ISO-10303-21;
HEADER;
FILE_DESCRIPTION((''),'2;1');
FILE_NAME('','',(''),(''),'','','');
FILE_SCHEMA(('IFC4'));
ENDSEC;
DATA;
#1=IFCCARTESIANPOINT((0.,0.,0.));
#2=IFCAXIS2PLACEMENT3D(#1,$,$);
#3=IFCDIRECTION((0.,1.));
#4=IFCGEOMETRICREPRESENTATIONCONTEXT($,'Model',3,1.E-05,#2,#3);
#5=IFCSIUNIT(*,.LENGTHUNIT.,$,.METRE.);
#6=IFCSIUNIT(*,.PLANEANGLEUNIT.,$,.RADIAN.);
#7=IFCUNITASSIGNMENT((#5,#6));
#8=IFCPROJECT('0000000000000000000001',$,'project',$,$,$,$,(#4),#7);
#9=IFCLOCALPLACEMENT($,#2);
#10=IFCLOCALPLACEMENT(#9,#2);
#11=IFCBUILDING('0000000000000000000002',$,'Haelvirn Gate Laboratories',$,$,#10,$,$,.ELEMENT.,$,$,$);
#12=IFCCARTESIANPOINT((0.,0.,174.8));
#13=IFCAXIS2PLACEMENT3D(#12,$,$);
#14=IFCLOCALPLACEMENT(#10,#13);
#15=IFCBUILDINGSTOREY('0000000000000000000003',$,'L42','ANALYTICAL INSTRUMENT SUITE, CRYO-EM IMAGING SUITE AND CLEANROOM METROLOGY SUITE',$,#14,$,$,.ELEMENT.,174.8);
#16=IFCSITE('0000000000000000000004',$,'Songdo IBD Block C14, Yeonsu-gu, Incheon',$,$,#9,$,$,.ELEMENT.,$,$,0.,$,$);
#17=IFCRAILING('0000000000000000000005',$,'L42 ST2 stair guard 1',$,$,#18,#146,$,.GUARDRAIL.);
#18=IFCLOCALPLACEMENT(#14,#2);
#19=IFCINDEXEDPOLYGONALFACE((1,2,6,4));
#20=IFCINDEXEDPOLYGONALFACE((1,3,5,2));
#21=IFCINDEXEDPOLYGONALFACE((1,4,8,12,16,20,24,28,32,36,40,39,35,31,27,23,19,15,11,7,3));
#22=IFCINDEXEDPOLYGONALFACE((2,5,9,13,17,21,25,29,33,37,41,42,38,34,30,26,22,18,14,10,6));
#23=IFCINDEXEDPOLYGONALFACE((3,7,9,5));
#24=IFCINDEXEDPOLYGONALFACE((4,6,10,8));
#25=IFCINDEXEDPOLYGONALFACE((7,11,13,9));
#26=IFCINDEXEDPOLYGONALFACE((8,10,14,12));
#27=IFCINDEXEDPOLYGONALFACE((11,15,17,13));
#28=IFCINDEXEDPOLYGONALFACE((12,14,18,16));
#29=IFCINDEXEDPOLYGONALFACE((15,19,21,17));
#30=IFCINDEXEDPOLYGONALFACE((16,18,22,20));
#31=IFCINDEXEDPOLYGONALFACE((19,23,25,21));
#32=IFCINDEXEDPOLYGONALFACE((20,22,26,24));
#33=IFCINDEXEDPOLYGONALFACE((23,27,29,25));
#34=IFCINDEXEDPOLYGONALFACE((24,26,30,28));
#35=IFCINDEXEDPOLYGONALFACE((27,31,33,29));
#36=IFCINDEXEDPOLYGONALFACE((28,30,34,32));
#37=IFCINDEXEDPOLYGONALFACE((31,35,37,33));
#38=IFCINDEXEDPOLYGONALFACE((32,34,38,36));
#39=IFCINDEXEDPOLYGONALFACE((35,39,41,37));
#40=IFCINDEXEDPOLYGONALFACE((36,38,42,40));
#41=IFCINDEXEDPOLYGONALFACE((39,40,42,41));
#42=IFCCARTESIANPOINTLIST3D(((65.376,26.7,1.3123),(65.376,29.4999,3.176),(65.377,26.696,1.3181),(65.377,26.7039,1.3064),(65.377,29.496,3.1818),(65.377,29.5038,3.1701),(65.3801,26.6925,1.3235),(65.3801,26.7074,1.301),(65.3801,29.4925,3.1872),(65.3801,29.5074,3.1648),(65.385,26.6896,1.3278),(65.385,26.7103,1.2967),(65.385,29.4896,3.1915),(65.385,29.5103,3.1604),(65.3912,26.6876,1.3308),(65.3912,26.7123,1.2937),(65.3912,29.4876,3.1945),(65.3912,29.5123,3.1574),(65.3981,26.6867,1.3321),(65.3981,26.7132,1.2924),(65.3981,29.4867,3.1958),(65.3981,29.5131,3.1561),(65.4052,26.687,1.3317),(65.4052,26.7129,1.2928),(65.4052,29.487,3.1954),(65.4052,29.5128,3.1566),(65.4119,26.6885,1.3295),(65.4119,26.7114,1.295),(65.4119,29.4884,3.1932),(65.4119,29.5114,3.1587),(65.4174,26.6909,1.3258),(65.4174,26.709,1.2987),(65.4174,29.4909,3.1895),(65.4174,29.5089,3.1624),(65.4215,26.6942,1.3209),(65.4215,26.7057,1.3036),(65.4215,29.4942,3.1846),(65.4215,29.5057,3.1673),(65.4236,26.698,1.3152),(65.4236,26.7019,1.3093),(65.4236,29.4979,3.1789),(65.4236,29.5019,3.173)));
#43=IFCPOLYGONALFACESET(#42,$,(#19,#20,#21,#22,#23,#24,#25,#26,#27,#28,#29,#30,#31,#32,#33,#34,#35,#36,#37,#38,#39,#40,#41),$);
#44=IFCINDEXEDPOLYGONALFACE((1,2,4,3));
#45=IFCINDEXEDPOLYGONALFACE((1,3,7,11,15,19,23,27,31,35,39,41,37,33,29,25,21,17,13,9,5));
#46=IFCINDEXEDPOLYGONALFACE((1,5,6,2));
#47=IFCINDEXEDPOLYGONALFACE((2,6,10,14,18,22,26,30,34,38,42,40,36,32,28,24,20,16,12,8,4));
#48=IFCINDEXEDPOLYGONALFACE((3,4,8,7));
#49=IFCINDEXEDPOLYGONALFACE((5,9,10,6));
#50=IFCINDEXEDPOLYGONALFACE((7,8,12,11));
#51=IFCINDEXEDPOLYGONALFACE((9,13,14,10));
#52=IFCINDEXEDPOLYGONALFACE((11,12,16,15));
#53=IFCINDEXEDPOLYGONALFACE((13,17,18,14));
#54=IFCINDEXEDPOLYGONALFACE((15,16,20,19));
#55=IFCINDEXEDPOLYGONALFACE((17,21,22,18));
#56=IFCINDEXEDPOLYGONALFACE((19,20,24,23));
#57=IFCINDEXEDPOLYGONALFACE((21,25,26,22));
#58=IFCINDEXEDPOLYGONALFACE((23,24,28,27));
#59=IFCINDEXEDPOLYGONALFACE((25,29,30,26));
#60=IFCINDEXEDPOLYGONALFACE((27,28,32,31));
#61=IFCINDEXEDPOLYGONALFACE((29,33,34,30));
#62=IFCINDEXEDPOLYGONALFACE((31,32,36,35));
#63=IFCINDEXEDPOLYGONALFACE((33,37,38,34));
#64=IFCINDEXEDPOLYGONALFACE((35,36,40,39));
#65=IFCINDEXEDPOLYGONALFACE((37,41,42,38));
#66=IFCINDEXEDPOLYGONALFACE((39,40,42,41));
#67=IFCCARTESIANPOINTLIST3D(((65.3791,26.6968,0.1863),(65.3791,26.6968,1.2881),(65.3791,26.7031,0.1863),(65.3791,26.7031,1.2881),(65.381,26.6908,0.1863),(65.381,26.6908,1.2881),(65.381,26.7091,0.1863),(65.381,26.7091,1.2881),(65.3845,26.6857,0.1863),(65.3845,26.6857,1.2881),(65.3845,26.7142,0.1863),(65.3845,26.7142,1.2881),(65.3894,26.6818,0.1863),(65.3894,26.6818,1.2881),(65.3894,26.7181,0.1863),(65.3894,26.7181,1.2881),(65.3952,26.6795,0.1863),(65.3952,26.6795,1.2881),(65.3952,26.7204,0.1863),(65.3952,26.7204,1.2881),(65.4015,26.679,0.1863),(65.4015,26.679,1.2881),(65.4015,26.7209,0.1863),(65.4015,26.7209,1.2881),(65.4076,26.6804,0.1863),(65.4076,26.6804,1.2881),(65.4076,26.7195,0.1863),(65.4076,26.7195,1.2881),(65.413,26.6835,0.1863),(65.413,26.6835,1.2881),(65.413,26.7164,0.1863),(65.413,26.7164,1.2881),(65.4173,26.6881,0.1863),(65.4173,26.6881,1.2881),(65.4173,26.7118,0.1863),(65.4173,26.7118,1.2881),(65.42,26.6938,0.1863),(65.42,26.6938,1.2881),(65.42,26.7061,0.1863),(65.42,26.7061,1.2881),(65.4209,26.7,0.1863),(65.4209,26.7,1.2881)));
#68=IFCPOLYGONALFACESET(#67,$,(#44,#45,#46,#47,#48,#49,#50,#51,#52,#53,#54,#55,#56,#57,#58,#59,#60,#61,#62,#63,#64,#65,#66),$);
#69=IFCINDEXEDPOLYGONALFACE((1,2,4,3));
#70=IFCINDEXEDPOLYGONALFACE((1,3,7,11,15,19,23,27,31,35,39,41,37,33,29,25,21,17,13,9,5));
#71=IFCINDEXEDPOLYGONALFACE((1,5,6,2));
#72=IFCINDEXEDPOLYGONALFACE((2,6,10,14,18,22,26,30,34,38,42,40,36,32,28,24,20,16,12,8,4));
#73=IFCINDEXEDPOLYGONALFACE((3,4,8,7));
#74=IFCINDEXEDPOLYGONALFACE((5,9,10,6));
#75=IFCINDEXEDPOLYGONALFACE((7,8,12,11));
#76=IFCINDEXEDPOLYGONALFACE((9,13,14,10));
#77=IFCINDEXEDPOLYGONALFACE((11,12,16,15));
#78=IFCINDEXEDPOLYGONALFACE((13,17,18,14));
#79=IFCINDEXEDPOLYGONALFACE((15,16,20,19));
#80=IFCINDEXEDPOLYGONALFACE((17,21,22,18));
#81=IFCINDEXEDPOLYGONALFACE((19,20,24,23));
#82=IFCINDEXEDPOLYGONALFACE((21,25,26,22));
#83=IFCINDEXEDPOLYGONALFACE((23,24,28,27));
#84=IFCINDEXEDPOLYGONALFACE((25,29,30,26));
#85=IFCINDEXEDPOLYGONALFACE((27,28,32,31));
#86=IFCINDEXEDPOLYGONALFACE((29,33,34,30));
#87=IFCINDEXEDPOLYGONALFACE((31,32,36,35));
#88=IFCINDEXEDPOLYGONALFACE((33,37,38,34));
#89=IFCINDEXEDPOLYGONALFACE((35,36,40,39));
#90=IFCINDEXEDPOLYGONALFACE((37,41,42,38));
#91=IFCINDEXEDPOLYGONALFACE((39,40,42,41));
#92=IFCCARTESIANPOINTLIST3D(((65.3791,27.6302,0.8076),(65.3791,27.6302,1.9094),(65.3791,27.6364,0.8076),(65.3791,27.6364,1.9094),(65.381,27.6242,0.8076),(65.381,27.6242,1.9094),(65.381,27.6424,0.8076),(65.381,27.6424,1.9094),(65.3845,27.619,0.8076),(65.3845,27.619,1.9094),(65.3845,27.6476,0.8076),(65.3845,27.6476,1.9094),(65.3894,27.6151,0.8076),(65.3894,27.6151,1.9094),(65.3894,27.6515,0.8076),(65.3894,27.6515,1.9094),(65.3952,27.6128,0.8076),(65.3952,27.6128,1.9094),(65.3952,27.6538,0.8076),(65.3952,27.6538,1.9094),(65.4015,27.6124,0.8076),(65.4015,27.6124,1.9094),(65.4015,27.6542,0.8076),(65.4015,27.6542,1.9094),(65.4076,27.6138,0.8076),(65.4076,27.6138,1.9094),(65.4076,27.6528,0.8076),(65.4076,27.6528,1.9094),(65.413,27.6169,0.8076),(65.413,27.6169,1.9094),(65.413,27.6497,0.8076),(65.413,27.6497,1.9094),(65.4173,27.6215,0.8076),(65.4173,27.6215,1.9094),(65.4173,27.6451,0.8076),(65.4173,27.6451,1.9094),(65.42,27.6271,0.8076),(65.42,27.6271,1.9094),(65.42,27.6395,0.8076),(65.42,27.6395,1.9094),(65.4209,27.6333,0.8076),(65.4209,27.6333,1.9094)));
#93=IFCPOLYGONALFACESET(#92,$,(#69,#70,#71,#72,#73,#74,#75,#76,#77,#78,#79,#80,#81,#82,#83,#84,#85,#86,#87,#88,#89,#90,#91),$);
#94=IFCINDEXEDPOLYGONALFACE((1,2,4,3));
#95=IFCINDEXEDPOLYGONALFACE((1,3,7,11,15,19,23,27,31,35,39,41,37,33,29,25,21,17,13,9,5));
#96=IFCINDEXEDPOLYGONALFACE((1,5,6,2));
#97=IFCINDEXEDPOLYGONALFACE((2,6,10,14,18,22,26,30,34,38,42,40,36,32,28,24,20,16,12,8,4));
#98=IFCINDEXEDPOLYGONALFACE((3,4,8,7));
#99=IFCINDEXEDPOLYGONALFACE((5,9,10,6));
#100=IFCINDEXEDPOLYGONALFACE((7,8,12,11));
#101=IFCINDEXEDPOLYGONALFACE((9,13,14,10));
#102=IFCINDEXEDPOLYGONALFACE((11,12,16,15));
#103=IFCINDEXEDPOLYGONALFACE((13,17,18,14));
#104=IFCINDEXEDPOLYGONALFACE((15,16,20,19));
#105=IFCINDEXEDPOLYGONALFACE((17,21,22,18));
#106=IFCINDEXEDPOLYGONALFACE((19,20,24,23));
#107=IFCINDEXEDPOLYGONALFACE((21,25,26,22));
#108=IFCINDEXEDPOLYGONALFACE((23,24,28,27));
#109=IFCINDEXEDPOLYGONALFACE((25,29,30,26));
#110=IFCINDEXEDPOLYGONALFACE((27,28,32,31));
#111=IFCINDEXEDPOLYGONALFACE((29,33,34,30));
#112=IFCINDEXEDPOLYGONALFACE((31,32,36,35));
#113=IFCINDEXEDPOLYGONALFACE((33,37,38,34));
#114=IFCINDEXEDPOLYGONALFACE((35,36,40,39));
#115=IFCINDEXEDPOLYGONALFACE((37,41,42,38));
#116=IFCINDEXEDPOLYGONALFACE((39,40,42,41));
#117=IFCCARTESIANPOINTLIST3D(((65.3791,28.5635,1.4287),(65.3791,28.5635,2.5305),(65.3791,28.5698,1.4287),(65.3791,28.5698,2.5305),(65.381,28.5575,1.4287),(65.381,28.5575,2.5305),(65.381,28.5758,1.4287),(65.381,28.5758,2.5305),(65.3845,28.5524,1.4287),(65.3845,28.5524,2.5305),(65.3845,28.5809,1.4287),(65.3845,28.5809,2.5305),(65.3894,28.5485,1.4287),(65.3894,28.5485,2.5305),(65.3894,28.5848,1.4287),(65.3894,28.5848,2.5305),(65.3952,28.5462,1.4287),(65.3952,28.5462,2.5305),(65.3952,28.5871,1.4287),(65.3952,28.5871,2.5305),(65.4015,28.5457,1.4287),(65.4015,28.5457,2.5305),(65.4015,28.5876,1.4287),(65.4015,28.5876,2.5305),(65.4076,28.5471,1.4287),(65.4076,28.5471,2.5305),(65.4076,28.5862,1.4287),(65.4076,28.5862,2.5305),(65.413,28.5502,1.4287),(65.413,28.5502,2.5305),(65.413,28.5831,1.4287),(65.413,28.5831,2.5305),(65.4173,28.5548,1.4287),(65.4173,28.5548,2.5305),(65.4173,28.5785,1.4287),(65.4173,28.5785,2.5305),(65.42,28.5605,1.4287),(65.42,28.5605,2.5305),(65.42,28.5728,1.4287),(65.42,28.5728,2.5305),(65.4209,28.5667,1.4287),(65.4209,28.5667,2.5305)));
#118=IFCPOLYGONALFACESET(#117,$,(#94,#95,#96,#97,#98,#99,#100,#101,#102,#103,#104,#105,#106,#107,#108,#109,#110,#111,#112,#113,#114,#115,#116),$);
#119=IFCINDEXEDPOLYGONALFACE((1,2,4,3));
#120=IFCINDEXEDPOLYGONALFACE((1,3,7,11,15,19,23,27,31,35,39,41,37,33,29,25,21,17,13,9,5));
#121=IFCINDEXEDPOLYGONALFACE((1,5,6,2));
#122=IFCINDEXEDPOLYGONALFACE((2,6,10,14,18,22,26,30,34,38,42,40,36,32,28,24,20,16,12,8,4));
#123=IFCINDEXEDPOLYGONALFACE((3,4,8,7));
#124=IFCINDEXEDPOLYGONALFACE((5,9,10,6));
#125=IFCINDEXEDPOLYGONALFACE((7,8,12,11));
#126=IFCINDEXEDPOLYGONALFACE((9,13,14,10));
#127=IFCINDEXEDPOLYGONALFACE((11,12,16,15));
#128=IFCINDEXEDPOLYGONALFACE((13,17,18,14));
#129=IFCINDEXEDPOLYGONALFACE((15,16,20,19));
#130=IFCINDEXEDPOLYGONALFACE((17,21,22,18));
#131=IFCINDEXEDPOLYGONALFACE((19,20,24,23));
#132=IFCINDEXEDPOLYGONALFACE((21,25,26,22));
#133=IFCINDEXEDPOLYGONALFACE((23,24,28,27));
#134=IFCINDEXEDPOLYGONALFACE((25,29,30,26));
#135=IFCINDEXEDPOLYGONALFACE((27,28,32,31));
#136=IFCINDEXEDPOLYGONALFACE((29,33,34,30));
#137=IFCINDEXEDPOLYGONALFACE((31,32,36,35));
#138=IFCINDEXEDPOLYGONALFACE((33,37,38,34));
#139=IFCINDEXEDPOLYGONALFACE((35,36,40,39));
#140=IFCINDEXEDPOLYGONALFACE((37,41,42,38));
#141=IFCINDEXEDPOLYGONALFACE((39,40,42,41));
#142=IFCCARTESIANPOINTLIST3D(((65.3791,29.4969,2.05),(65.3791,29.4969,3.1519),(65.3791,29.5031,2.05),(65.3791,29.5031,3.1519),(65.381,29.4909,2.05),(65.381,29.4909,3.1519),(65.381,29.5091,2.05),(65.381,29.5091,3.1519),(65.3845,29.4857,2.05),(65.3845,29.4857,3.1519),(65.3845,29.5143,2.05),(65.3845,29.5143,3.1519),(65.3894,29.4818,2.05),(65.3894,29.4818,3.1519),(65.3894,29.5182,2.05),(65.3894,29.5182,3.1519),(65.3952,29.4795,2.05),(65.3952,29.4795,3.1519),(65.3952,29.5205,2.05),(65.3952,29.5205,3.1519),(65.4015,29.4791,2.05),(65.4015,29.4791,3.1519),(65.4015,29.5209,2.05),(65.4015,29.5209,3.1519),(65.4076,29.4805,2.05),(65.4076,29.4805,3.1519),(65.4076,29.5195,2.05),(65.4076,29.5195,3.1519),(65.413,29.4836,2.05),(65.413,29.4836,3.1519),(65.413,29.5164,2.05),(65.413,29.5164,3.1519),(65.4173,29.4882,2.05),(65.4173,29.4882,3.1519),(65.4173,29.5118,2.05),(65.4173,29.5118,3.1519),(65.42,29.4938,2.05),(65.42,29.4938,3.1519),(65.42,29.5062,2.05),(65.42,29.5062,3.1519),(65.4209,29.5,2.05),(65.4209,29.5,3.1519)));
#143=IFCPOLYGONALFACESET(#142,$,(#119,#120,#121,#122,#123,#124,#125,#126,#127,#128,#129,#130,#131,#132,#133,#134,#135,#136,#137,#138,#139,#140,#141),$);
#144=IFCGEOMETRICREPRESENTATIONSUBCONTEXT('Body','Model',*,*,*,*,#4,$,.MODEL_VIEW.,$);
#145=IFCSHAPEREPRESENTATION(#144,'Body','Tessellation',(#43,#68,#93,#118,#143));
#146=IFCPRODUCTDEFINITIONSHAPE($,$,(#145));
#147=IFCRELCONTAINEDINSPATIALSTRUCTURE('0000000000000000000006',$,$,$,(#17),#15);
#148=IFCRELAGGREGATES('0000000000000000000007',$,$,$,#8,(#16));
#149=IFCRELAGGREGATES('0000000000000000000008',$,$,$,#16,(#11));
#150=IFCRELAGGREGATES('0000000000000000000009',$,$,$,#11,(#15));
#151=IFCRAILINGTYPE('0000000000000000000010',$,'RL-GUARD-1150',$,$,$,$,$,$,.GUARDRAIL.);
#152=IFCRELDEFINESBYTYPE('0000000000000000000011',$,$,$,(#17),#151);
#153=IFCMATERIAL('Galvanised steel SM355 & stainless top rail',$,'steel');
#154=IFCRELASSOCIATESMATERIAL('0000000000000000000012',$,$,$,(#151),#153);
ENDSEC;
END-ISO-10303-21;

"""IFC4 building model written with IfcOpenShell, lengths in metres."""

from ifc_helpers import new_model, si_unit, direction, frame, origin, origin_2d, place, context, subcontext, project, spatial, circle, extrude, source, transform, mapped, material, type_object, element, save


model = new_model("IFC4")

# Units and contexts
model_context = context("Model", 3, precision=1e-05, world=origin(), true_north=direction((0.0, 1.0)))
body_context = subcontext(model_context, "Body", "Model", "MODEL_VIEW")
ifc_project = project(units=[si_unit("LENGTHUNIT", "METRE"), si_unit("PLANEANGLEUNIT", "RADIAN")], contexts=[model_context])

# Site, building, storey
site_placement = place(None, origin())
site = spatial("IfcSite", under=ifc_project, at=site_placement, Name="Songdo IBD Block C14, Yeonsu-gu, Incheon", CompositionType="ELEMENT", RefElevation=0.0)
building_placement = place(site_placement, origin())
building = spatial("IfcBuilding", under=site, at=building_placement, Name="Haelvirn Gate Laboratories", CompositionType="ELEMENT")
storey_placement = place(building_placement, frame((0.0, 0.0, 174.8)))
storey = spatial("IfcBuildingStorey", under=building, at=storey_placement, Name="L42", Description="ANALYTICAL INSTRUMENT SUITE, CRYO-EM IMAGING SUITE AND CLEANROOM METROLOGY SUITE", CompositionType="ELEMENT", Elevation=174.8)

# Railing
ifc_material_1 = material(Name="Galvanised steel SM355 & stainless top rail", Category="steel")
railing_type_1 = type_object("IfcRailingType", Name="RL-GUARD-1150", PredefinedType="GUARDRAIL", material=ifc_material_1)
shared_shape_1 = source(origin(), body_context, "Body", "SweptSolid", [
    extrude(circle(Radius=0.0239, at=origin_2d()), frame((0.0, 0.0, 1.126), z_axis=(0.0, 0.832452, 0.554097), x_axis=(-1.0, 0.0, 0.0)), (0.0, 0.0, 1.0), 3.3635),
    extrude(circle(Radius=0.021, at=origin_2d()), origin(), (0.0, 0.0, 1.0), 1.1018),
    extrude(circle(Radius=0.021, at=origin_2d()), frame((0.0, 0.9333, 0.6213)), (0.0, 0.0, 1.0), 1.1018),
    extrude(circle(Radius=0.021, at=origin_2d()), frame((0.0, 1.8667, 1.2424)), (0.0, 0.0, 1.0), 1.1018),
    extrude(circle(Radius=0.021, at=origin_2d()), frame((0.0, 2.8, 1.8638)), (0.0, 0.0, 1.0), 1.1018),
])
railing_1_placement = place(storey_placement, frame((65.3999, 26.7, 0.1863)))
element("IfcRailing", 1, at=railing_1_placement, inside=storey, type_object=railing_type_1, Name="L42 ST2 stair guard 1", PredefinedType="GUARDRAIL", context=body_context, shape_type="MappedRepresentation", body=[
    mapped(shared_shape_1, transform((0.0, 0.0, 0.0), scale=1.0)),
])

save(model, "model.ifc")
